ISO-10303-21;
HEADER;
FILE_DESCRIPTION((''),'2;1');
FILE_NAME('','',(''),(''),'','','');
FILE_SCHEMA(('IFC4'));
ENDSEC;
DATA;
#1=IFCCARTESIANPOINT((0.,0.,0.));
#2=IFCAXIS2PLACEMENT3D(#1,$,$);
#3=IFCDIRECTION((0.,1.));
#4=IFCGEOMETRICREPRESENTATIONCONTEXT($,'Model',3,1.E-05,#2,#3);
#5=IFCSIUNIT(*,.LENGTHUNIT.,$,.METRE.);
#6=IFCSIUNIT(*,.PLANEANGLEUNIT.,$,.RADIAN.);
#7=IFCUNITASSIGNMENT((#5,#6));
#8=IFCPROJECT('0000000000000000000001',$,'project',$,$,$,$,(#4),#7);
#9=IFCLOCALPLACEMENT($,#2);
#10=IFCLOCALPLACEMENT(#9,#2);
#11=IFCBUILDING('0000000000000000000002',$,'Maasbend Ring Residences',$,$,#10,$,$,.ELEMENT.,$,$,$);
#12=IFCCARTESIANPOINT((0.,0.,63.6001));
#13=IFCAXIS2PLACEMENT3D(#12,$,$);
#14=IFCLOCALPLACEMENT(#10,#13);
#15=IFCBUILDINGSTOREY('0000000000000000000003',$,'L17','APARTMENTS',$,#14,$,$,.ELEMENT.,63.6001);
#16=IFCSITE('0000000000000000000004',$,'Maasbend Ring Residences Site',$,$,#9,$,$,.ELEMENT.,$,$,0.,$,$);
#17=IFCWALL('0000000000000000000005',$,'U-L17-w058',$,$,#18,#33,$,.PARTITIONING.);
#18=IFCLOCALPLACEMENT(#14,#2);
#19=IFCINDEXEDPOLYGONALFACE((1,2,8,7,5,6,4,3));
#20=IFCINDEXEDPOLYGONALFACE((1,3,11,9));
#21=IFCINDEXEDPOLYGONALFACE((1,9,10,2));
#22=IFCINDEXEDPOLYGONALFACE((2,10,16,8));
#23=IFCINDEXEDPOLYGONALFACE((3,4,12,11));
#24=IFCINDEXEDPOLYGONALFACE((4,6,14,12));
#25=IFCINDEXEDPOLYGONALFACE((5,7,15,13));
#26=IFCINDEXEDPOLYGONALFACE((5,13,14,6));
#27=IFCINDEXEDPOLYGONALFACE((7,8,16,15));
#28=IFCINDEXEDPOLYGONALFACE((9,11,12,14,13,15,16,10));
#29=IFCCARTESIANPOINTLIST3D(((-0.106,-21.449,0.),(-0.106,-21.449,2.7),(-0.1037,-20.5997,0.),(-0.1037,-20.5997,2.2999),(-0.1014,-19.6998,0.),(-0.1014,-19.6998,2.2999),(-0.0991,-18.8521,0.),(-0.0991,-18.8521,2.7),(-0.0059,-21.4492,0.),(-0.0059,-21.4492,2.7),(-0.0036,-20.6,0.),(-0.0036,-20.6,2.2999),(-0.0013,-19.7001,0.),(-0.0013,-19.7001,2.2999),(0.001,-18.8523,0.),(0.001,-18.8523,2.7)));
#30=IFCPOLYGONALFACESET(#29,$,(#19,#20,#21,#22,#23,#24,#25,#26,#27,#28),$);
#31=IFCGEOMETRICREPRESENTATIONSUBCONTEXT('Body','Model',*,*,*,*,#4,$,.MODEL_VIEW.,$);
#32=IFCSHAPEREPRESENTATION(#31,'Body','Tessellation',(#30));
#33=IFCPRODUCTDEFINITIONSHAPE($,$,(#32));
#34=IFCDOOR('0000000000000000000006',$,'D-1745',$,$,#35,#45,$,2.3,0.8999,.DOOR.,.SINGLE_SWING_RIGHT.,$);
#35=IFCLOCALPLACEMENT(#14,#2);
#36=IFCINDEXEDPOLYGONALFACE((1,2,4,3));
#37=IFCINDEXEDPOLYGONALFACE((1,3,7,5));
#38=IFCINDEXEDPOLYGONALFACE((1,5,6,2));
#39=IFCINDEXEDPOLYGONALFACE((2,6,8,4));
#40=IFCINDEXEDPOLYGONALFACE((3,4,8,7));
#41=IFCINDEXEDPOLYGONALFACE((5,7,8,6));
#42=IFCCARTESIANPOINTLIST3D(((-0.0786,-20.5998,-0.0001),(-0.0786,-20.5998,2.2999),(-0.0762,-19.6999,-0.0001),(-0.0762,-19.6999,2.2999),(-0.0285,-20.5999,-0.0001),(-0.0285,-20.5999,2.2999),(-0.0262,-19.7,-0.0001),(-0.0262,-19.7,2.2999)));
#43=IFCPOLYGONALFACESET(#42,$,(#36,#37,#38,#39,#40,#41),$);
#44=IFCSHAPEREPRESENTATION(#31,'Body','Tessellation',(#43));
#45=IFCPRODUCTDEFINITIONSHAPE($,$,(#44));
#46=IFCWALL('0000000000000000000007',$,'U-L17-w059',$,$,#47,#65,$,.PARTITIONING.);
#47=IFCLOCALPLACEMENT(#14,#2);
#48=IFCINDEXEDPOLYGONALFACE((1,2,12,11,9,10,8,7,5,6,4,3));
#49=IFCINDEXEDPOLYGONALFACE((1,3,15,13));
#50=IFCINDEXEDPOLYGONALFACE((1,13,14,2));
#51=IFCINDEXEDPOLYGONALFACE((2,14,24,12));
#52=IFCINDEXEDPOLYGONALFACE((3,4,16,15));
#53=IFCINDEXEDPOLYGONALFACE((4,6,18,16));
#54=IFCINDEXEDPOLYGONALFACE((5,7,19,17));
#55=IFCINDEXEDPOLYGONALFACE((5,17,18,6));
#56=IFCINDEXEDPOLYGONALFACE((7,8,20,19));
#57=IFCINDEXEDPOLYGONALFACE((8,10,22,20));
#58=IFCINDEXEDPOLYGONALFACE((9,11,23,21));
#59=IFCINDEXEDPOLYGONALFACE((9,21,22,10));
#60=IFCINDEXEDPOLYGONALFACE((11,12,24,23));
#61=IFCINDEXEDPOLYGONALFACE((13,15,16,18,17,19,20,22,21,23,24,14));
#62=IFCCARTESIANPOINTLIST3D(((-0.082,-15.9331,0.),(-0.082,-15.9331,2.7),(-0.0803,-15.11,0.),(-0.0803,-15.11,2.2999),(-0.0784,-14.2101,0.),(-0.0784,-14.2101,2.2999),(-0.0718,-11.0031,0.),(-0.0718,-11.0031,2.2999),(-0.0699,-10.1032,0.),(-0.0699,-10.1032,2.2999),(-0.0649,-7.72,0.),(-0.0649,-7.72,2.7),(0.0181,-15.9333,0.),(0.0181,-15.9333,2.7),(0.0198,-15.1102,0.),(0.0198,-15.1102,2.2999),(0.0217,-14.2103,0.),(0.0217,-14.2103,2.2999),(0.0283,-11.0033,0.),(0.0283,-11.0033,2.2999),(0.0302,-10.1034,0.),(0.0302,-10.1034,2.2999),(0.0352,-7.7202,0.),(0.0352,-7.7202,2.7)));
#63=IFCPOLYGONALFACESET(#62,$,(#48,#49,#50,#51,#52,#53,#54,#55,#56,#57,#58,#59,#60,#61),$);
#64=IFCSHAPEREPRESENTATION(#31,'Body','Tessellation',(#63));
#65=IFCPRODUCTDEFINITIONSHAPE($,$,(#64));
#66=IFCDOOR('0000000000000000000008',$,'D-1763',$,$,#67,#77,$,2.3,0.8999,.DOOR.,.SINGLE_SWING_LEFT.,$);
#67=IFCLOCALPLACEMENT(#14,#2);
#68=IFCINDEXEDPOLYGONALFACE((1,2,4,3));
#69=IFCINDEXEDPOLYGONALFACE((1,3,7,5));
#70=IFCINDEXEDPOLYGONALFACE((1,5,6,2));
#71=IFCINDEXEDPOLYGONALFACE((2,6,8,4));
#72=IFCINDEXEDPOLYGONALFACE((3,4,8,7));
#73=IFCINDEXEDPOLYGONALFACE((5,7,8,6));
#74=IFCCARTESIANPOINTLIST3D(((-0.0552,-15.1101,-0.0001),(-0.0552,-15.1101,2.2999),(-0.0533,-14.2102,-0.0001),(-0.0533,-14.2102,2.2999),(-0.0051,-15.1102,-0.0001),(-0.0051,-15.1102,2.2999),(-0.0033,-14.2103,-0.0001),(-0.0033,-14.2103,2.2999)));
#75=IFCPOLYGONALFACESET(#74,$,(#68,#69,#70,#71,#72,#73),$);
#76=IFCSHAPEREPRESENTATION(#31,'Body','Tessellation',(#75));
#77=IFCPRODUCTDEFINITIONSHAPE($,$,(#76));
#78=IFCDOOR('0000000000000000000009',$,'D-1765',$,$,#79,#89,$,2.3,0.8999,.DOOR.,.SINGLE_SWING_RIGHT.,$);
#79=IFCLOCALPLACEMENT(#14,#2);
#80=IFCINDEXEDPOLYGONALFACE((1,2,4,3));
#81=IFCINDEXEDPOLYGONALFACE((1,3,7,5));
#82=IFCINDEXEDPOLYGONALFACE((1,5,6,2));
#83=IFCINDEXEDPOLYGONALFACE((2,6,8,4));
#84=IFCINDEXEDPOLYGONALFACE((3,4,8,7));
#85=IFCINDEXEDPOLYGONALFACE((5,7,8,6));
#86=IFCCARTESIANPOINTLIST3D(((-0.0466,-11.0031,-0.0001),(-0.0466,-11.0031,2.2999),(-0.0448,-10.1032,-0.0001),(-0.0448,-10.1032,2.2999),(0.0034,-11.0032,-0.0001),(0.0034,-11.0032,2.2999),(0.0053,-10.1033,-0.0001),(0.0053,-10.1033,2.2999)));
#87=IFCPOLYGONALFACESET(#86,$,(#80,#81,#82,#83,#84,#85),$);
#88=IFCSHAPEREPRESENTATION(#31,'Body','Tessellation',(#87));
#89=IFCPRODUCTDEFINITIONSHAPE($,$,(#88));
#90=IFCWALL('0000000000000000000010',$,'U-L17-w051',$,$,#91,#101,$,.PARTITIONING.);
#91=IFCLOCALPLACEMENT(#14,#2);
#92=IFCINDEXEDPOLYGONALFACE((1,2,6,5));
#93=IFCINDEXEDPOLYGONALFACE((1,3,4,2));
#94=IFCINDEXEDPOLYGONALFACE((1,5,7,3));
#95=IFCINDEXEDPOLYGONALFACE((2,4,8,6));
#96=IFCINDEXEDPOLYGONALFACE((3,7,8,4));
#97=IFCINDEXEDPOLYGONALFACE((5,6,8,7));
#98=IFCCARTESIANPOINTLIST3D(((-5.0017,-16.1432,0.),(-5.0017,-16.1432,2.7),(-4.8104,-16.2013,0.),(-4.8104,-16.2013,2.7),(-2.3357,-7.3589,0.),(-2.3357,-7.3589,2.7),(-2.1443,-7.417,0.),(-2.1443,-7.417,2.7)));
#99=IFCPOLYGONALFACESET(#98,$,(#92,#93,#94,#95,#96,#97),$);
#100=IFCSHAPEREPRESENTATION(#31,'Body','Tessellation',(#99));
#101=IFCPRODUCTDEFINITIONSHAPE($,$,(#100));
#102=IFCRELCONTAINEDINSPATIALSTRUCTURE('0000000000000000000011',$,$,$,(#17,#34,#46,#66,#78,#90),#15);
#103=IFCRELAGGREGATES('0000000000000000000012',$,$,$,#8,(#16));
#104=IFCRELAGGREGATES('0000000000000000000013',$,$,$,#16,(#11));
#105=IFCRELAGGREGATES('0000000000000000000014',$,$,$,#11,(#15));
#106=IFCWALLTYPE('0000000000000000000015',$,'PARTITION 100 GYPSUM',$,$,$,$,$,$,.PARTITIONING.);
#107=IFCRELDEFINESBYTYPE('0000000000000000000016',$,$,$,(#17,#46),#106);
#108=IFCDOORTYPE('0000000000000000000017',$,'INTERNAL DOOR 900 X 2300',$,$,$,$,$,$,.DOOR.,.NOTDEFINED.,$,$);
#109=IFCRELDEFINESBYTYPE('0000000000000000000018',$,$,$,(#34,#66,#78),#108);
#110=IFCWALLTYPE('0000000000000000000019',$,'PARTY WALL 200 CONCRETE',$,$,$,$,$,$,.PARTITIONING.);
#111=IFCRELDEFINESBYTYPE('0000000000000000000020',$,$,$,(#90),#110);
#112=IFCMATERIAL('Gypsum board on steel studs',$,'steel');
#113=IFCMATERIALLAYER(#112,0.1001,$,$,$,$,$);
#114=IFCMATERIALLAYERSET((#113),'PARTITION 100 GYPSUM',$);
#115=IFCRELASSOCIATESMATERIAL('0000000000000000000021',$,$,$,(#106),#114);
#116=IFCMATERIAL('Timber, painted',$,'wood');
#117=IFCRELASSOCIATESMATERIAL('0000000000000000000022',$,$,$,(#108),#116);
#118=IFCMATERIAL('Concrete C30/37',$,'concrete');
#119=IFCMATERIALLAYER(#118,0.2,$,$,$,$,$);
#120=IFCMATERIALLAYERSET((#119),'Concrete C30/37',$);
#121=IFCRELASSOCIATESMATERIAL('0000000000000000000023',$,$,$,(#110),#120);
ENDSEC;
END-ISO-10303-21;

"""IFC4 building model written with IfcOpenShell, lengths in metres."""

from ifc_helpers import new_model, si_unit, direction, frame, frame_2d, origin, place, context, subcontext, project, spatial, rectangle, extrude, material, layer, layer_set, type_object, element, fill, save


model = new_model("IFC4")

# Units and contexts
model_context = context("Model", 3, precision=1e-05, world=origin(), true_north=direction((0.0, 1.0)))
body_context = subcontext(model_context, "Body", "Model", "MODEL_VIEW")
ifc_project = project(units=[si_unit("LENGTHUNIT", "METRE"), si_unit("PLANEANGLEUNIT", "RADIAN")], contexts=[model_context])

# Site, building, storey
site_placement = place(None, origin())
site = spatial("IfcSite", under=ifc_project, at=site_placement, Name="Maasbend Ring Residences Site", CompositionType="ELEMENT", RefElevation=0.0)
building_placement = place(site_placement, origin())
building = spatial("IfcBuilding", under=site, at=building_placement, Name="Maasbend Ring Residences", CompositionType="ELEMENT")
storey_placement = place(building_placement, frame((0.0, 0.0, 63.6001)))
storey = spatial("IfcBuildingStorey", under=building, at=storey_placement, Name="L17", Description="APARTMENTS", CompositionType="ELEMENT", Elevation=63.6001)

# Shared definitions
ifc_material_1 = material(Name="Gypsum board on steel studs", Category="steel")
ifc_layer_1 = layer(ifc_material_1, 0.1001)
ifc_layer_set_1 = layer_set([ifc_layer_1], Name="PARTITION 100 GYPSUM")
wall_type_1 = type_object("IfcWallType", Name="PARTITION 100 GYPSUM", PredefinedType="PARTITIONING", material=ifc_layer_set_1)
ifc_material_2 = material(Name="Timber, painted", Category="wood")
door_type_1 = type_object("IfcDoorType", Name="INTERNAL DOOR 900 X 2300", OperationType="NOTDEFINED", PredefinedType="DOOR", material=ifc_material_2)

# Wall, opening, door
wall_1_placement = place(storey_placement, frame((-0.0559, -21.449, 0.0), z_axis=(0.0, 0.0, 1.0), x_axis=(0.002632, 0.999997, 0.0)))
wall_1 = element("IfcWall", 1, at=wall_1_placement, inside=storey, type_object=wall_type_1, Name="U-L17-w058", PredefinedType="PARTITIONING", context=body_context, shape_type="SweptSolid", body=[
    extrude(rectangle(XDim=2.5969, YDim=0.1001, at=frame_2d((1.2983, 0.0))), origin(), (0.0, 0.0, 1.0), 2.7),
])
opening_1_placement = place(wall_1_placement, frame((0.8491, 0.0, 0.0)))
opening_1 = element("IfcOpeningElement", 2, at=opening_1_placement, cuts=wall_1, PredefinedType="OPENING", context=body_context, shape_type="SweptSolid", body=[
    extrude(rectangle(XDim=0.8999, YDim=2.3, at=frame_2d((0.45, 1.1499))), frame((0.0, 0.0601, 0.0), z_axis=(0.0, -1.0, 0.0), x_axis=(1.0, 0.0, 0.0)), (0.0, 0.0, 1.0), 0.1201),
])
door_1_placement = place(opening_1_placement, origin())
door_1 = element("IfcDoor", 3, at=door_1_placement, inside=storey, type_object=door_type_1, Name="D-1745", OperationType="SINGLE_SWING_RIGHT", OverallHeight=2.3, OverallWidth=0.8999, PredefinedType="DOOR", context=body_context, shape_type="SweptSolid", body=[
    extrude(rectangle(XDim=0.8999, YDim=2.3, at=frame_2d((0.45, 1.1499))), frame((0.0, 0.0249, 0.0), z_axis=(0.0, -1.0, 0.0), x_axis=(1.0, 0.0, 0.0)), (0.0, 0.0, 1.0), 0.05),
])
fill(opening_1, door_1)

# Wall, openings, doors
wall_2_placement = place(storey_placement, frame((-0.032, -15.9331, 0.0), z_axis=(0.0, 0.0, 1.0), x_axis=(0.002081, 0.999998, 0.0)))
wall_2 = element("IfcWall", 4, at=wall_2_placement, inside=storey, type_object=wall_type_1, Name="U-L17-w059", PredefinedType="PARTITIONING", context=body_context, shape_type="SweptSolid", body=[
    extrude(rectangle(XDim=8.2131, YDim=0.1001, at=frame_2d((4.1064, 0.0))), origin(), (0.0, 0.0, 1.0), 2.7),
])
opening_2_placement = place(wall_2_placement, frame((0.823, 0.0, 0.0)))
opening_2 = element("IfcOpeningElement", 5, at=opening_2_placement, cuts=wall_2, PredefinedType="OPENING", context=body_context, shape_type="SweptSolid", body=[
    extrude(rectangle(XDim=0.8999, YDim=2.3, at=frame_2d((0.45, 1.1499))), frame((0.0, 0.0601, 0.0), z_axis=(0.0, -1.0, 0.0), x_axis=(1.0, 0.0, 0.0)), (0.0, 0.0, 1.0), 0.1201),
])
opening_3_placement = place(wall_2_placement, frame((4.9299, 0.0, 0.0)))
opening_3 = element("IfcOpeningElement", 6, at=opening_3_placement, cuts=wall_2, PredefinedType="OPENING", context=body_context, shape_type="SweptSolid", body=[
    extrude(rectangle(XDim=0.8999, YDim=2.3, at=frame_2d((0.45, 1.1499))), frame((0.0, 0.0601, 0.0), z_axis=(0.0, -1.0, 0.0), x_axis=(1.0, 0.0, 0.0)), (0.0, 0.0, 1.0), 0.1201),
])
door_2_placement = place(opening_2_placement, origin())
door_2 = element("IfcDoor", 7, at=door_2_placement, inside=storey, type_object=door_type_1, Name="D-1763", OperationType="SINGLE_SWING_LEFT", OverallHeight=2.3, OverallWidth=0.8999, PredefinedType="DOOR", context=body_context, shape_type="SweptSolid", body=[
    extrude(rectangle(XDim=0.8999, YDim=2.3, at=frame_2d((0.45, 1.1499))), frame((0.0, 0.0249, 0.0), z_axis=(0.0, -1.0, 0.0), x_axis=(1.0, 0.0, 0.0)), (0.0, 0.0, 1.0), 0.05),
])
fill(opening_2, door_2)
door_3_placement = place(opening_3_placement, origin())
door_3 = element("IfcDoor", 8, at=door_3_placement, inside=storey, type_object=door_type_1, Name="D-1765", OperationType="SINGLE_SWING_RIGHT", OverallHeight=2.3, OverallWidth=0.8999, PredefinedType="DOOR", context=body_context, shape_type="SweptSolid", body=[
    extrude(rectangle(XDim=0.8999, YDim=2.3, at=frame_2d((0.45, 1.1499))), frame((0.0, 0.0249, 0.0), z_axis=(0.0, -1.0, 0.0), x_axis=(1.0, 0.0, 0.0)), (0.0, 0.0, 1.0), 0.05),
])
fill(opening_3, door_3)

# Wall
ifc_material_3 = material(Name="Concrete C30/37", Category="concrete")
ifc_layer_2 = layer(ifc_material_3, 0.2)
ifc_layer_set_2 = layer_set([ifc_layer_2], Name="Concrete C30/37")
wall_type_2 = type_object("IfcWallType", Name="PARTY WALL 200 CONCRETE", PredefinedType="PARTITIONING", material=ifc_layer_set_2)
wall_3_placement = place(storey_placement, frame((-4.906, -16.1721, 0.0), z_axis=(0.0, 0.0, 1.0), x_axis=(0.290421, 0.956899, 0.0)))
element("IfcWall", 9, at=wall_3_placement, inside=storey, type_object=wall_type_2, Name="U-L17-w051", PredefinedType="PARTITIONING", context=body_context, shape_type="SweptSolid", body=[
    extrude(rectangle(XDim=9.1799, YDim=0.2, at=frame_2d((4.5898, 0.0))), origin(), (0.0, 0.0, 1.0), 2.7),
])

save(model, "model.ifc")
